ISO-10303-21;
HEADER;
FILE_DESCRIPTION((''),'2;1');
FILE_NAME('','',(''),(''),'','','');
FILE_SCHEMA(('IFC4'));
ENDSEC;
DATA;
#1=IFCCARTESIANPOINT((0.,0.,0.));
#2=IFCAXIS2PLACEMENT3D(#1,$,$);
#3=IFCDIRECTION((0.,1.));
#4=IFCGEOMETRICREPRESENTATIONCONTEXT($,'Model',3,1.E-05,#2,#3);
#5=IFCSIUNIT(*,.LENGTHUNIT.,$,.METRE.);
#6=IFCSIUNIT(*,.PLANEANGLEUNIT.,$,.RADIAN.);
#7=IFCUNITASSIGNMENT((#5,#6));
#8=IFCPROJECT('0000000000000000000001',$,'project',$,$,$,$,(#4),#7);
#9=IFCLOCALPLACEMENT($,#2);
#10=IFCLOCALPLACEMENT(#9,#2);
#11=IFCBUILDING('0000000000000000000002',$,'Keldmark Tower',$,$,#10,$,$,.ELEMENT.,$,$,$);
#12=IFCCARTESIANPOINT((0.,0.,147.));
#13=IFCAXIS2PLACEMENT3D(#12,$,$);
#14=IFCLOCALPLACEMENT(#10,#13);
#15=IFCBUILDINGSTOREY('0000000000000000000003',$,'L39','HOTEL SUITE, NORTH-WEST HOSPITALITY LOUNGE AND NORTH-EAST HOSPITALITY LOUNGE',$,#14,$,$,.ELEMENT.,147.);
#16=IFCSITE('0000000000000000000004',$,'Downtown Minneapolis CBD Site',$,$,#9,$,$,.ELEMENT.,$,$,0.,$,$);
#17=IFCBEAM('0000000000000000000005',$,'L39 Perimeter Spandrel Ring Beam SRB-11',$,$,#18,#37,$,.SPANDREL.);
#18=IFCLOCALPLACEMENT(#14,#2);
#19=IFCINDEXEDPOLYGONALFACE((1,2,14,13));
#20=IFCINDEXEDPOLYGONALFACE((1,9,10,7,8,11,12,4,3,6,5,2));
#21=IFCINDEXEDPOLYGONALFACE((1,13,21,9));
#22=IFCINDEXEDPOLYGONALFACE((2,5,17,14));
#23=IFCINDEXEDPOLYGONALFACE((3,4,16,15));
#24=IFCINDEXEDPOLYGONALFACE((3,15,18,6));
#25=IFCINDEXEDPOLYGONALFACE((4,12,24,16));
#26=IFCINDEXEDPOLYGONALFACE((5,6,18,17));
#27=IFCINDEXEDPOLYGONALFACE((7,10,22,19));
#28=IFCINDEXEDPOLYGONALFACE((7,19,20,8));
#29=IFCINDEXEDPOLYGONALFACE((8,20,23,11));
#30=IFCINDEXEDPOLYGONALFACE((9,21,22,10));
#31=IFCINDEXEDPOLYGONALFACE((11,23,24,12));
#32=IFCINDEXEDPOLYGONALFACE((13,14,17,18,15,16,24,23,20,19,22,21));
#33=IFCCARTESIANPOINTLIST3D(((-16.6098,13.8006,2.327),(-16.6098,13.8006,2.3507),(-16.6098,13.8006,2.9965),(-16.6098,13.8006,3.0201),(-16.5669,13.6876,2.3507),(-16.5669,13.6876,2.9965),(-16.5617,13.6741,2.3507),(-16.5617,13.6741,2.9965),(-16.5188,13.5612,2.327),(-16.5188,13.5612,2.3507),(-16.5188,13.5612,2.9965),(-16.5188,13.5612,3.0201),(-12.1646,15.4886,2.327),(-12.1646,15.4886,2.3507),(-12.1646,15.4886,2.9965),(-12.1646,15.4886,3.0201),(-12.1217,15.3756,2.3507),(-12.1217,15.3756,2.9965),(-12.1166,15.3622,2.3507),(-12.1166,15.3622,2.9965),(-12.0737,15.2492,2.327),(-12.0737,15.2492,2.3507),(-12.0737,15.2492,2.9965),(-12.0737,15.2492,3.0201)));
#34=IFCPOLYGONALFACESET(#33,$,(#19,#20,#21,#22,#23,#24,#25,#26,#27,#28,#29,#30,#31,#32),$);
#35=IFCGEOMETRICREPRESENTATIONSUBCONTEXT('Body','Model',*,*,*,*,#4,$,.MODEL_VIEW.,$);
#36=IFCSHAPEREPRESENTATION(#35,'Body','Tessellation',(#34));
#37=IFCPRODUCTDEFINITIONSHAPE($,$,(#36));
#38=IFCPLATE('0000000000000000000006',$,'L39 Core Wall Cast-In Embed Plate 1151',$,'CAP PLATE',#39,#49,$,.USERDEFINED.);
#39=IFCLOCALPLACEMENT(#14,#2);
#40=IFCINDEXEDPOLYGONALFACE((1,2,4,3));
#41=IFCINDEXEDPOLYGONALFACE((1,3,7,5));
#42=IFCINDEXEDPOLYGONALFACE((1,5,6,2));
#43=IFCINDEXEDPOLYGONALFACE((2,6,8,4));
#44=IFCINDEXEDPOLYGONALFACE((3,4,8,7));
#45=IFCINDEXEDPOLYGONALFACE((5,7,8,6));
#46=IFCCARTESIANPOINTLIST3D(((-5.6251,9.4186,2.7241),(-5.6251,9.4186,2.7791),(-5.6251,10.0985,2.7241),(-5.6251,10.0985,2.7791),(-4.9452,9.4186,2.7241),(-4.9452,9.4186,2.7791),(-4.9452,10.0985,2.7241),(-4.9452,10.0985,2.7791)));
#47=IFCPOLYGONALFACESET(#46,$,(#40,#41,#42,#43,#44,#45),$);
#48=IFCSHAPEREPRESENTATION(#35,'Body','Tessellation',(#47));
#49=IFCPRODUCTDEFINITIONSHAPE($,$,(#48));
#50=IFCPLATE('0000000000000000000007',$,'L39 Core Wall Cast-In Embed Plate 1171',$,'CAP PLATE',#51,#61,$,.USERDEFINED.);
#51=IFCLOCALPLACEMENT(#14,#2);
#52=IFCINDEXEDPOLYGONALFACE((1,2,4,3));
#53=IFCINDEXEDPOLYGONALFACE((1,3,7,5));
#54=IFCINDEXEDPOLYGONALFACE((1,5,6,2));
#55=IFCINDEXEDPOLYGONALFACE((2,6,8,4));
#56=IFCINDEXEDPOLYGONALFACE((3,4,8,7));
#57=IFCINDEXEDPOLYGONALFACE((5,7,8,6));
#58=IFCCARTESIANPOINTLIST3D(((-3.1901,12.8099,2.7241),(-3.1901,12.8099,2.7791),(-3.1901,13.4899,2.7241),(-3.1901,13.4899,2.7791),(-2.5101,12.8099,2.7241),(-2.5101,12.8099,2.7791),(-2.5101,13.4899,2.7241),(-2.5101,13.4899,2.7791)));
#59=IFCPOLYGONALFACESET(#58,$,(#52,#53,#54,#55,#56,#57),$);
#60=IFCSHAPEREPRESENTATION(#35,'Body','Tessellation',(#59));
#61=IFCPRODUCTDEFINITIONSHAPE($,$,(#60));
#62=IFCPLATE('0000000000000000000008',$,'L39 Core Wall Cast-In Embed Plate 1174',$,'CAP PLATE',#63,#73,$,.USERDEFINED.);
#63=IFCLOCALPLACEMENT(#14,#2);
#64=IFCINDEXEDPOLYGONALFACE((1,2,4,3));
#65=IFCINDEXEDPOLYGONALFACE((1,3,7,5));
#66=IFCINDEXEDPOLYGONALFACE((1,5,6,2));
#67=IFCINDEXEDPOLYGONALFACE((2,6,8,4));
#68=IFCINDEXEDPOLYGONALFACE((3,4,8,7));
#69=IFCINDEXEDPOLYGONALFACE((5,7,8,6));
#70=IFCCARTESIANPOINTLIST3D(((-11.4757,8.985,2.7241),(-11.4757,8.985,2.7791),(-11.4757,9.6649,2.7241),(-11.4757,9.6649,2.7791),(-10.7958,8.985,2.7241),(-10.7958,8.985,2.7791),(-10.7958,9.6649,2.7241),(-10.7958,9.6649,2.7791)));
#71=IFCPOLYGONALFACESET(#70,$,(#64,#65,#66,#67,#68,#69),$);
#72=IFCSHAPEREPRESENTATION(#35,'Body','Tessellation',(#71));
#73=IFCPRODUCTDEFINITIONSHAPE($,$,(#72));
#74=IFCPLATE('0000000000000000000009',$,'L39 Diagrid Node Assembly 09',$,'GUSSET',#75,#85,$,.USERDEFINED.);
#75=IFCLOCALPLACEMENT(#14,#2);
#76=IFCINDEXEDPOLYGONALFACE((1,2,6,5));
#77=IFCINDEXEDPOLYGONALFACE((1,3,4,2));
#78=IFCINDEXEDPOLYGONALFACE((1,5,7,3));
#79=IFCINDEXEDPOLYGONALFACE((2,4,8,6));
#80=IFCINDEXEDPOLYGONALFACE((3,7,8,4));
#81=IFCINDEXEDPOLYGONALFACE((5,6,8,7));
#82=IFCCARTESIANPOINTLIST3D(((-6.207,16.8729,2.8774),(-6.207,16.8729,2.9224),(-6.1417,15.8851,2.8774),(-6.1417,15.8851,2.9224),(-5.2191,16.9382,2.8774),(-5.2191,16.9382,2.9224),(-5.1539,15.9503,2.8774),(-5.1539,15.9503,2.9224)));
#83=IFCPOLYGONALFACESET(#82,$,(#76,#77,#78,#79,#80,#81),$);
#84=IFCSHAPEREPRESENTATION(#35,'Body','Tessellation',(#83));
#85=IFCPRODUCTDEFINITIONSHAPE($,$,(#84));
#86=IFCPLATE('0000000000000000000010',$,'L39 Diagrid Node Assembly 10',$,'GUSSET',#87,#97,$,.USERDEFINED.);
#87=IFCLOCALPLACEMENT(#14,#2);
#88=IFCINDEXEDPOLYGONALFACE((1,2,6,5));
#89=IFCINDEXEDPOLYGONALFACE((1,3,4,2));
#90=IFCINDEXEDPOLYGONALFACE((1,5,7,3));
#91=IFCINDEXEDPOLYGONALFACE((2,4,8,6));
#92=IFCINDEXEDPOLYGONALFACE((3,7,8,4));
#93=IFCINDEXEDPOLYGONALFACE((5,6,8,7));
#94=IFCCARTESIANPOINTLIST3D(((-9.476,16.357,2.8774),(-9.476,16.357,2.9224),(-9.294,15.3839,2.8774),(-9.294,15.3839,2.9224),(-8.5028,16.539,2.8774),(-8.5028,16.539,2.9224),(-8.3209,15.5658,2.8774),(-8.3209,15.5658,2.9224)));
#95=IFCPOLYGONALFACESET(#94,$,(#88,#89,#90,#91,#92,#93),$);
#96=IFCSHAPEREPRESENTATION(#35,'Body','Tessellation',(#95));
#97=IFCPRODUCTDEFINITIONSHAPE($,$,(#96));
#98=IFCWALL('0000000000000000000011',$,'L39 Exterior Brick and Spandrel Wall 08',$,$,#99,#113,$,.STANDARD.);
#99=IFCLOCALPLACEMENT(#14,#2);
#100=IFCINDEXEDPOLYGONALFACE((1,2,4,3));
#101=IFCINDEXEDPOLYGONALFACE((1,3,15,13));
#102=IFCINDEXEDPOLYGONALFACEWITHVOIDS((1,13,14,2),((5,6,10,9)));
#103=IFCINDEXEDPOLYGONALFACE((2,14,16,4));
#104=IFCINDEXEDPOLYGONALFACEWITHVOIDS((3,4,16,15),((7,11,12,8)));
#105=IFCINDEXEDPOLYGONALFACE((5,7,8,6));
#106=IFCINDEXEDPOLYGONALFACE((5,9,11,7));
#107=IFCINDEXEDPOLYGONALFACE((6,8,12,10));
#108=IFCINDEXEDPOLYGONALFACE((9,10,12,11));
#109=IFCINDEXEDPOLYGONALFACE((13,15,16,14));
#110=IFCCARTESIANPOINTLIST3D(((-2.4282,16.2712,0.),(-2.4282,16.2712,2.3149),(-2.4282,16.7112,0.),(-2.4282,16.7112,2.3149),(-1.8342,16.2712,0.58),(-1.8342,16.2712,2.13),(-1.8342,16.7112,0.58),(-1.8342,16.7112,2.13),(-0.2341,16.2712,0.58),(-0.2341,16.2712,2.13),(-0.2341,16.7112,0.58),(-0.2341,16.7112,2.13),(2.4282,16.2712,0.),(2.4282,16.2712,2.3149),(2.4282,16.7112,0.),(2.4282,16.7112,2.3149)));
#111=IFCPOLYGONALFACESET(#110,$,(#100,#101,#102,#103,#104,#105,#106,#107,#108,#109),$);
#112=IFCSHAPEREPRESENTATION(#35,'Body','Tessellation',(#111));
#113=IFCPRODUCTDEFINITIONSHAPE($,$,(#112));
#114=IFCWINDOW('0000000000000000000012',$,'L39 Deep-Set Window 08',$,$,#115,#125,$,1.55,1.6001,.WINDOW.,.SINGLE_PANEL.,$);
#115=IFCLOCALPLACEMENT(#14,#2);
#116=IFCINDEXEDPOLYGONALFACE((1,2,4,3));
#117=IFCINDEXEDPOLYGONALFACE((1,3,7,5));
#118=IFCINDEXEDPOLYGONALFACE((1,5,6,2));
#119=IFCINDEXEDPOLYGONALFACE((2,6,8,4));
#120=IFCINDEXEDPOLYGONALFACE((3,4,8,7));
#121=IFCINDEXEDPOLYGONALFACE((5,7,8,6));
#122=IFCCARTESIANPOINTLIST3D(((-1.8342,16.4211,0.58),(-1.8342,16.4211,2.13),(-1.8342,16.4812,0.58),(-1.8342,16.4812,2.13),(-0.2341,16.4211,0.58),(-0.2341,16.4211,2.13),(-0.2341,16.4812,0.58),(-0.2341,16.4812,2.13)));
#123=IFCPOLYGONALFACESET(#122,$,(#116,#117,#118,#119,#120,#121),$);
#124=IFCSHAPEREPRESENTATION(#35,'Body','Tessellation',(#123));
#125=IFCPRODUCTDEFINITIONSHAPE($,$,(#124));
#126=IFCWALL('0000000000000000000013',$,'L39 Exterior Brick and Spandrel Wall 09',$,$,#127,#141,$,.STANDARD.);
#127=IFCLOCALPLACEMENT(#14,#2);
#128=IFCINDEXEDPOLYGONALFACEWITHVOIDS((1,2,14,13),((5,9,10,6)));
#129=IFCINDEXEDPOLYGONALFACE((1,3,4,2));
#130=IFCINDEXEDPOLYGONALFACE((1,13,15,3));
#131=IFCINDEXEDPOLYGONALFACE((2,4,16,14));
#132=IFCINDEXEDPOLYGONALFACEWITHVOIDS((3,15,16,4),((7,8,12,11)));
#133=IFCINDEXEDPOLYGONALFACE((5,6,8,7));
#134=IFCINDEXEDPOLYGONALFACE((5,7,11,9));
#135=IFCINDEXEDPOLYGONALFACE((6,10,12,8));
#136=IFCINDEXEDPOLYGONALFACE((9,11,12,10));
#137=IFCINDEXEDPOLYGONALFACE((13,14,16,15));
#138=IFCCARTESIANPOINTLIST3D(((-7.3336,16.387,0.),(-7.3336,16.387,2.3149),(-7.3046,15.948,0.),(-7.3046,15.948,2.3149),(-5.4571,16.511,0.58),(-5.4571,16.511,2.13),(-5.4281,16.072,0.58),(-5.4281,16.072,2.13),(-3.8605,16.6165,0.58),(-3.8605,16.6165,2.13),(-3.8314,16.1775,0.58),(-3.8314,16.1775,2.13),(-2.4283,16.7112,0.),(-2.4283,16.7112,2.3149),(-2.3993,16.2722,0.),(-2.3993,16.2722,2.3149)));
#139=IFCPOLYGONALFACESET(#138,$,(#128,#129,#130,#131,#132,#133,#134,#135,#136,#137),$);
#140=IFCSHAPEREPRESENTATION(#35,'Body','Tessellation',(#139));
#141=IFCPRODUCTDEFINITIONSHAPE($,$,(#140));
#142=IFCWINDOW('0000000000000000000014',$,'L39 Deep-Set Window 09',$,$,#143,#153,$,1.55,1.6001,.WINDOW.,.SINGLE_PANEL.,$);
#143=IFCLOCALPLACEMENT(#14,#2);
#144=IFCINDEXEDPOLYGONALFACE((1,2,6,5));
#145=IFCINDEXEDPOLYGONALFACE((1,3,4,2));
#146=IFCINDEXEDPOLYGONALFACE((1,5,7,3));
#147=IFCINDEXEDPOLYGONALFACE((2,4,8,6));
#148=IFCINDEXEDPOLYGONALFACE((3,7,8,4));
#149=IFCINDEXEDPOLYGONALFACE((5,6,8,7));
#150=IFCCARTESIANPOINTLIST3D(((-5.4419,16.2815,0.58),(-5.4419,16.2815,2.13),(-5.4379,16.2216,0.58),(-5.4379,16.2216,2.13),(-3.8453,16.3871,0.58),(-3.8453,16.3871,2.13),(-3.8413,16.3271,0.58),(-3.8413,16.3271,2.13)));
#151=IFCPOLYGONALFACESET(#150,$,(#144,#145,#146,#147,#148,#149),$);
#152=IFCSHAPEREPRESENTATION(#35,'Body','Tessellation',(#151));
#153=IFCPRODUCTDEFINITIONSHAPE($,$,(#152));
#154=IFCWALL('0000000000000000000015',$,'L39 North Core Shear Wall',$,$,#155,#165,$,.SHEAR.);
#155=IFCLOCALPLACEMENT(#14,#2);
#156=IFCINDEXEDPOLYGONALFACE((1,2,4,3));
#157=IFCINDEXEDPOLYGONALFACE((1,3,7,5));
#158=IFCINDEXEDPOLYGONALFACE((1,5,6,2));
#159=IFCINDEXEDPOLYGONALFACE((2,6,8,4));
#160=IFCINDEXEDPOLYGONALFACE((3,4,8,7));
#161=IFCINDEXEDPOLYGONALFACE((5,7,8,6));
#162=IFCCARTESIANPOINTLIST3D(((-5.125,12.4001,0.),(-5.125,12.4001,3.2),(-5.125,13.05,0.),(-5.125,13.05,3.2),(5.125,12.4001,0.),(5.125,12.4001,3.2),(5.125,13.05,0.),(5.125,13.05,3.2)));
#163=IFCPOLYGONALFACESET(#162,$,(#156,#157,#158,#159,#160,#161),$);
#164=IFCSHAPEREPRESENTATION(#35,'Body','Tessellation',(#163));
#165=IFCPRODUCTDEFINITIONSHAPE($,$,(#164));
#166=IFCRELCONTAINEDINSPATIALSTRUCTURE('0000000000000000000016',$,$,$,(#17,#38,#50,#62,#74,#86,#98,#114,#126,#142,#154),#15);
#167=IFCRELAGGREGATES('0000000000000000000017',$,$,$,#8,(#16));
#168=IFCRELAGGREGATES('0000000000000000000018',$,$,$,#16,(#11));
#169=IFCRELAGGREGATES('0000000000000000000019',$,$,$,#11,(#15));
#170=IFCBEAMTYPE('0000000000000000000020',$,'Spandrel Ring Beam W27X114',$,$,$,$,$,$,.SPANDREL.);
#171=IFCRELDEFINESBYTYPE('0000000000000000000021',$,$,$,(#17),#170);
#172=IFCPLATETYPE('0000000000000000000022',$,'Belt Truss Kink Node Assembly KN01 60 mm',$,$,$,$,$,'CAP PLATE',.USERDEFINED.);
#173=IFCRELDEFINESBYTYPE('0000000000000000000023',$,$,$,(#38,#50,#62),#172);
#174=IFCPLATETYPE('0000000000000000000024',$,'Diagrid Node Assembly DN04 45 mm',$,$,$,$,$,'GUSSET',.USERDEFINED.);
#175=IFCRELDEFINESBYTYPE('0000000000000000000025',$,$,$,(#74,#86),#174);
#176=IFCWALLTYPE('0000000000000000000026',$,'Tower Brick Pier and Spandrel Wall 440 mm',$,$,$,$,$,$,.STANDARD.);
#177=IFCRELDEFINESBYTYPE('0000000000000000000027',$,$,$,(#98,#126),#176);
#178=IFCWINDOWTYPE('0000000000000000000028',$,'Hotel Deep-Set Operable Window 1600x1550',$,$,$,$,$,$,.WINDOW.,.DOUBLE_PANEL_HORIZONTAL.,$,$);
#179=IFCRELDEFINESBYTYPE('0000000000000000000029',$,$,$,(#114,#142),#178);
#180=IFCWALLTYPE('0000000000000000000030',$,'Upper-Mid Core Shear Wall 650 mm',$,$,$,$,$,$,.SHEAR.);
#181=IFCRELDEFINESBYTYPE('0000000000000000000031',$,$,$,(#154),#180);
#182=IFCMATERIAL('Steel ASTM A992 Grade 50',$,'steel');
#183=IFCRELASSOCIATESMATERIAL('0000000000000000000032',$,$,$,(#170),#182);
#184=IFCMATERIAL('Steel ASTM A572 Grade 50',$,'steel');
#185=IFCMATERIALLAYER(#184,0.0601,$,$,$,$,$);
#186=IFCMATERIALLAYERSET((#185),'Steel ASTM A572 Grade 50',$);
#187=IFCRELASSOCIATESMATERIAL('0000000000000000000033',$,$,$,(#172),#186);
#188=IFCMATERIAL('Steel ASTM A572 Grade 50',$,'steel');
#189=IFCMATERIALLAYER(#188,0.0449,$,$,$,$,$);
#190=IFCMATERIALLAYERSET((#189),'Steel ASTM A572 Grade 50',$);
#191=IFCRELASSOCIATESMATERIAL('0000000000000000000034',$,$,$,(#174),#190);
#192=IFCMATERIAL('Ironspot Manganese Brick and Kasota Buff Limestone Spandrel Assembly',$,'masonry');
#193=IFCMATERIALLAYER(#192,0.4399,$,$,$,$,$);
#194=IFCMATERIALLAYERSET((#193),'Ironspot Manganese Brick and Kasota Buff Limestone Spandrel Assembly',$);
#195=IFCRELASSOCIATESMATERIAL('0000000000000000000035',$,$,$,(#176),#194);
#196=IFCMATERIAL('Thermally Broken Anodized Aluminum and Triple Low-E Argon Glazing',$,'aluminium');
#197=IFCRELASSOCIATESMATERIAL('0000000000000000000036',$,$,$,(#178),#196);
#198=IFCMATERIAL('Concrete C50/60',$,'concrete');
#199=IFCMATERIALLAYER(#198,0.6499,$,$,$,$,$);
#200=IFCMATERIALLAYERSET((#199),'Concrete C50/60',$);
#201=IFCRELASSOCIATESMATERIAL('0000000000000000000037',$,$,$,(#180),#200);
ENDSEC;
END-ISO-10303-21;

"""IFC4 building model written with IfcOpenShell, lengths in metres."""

from ifc_helpers import new_model, si_unit, direction, frame, frame_2d, origin, origin_2d, place, context, subcontext, project, spatial, rectangle, i_section, extrude, material, layer, layer_set, material_profile, profile_set, type_object, element, fill, save


model = new_model("IFC4")

# Units and contexts
model_context = context("Model", 3, precision=1e-05, world=origin(), true_north=direction((0.0, 1.0)))
body_context = subcontext(model_context, "Body", "Model", "MODEL_VIEW")
ifc_project = project(units=[si_unit("LENGTHUNIT", "METRE"), si_unit("PLANEANGLEUNIT", "RADIAN")], contexts=[model_context])

# Site, building, storey
site_placement = place(None, origin())
site = spatial("IfcSite", under=ifc_project, at=site_placement, Name="Downtown Minneapolis CBD Site", CompositionType="ELEMENT", RefElevation=0.0)
building_placement = place(site_placement, origin())
building = spatial("IfcBuilding", under=site, at=building_placement, Name="Keldmark Tower", CompositionType="ELEMENT")
storey_placement = place(building_placement, frame((0.0, 0.0, 147.0)))
storey = spatial("IfcBuildingStorey", under=building, at=storey_placement, Name="L39", Description="HOTEL SUITE, NORTH-WEST HOSPITALITY LOUNGE AND NORTH-EAST HOSPITALITY LOUNGE", CompositionType="ELEMENT", Elevation=147.0)

# Beam
ifc_material_1 = material(Name="Steel ASTM A992 Grade 50", Category="steel")
ifc_material_profile_1 = material_profile(ifc_material_1, i_section(OverallWidth=0.2561, OverallDepth=0.6931, WebThickness=0.0144, FlangeThickness=0.0237, at=origin_2d()), Name="W27X114")
ifc_profile_set_1 = profile_set([ifc_material_profile_1], Name="Steel ASTM A992 Grade 50")
beam_type_1 = type_object("IfcBeamType", Name="Spandrel Ring Beam W27X114", PredefinedType="SPANDREL", material=ifc_profile_set_1)
beam_1_placement = place(storey_placement, frame((-12.1191, 15.3689, 2.6736), z_axis=(-0.934863, -0.355009, 0.0), x_axis=(0.355009, -0.934863, 0.0)))
element("IfcBeam", 1, at=beam_1_placement, inside=storey, type_object=beam_type_1, Name="L39 Perimeter Spandrel Ring Beam SRB-11", PredefinedType="SPANDREL", context=body_context, shape_type="SweptSolid", body=[
    extrude(i_section(OverallWidth=0.2561, OverallDepth=0.6931, WebThickness=0.0144, FlangeThickness=0.0237, at=origin_2d()), origin(), (0.0, 0.0, 1.0), 4.7549),
])

# Plates
ifc_material_2 = material(Name="Steel ASTM A572 Grade 50", Category="steel")
ifc_layer_1 = layer(ifc_material_2, 0.0601)
ifc_layer_set_1 = layer_set([ifc_layer_1], Name="Steel ASTM A572 Grade 50")
plate_type_1 = type_object("IfcPlateType", Name="Belt Truss Kink Node Assembly KN01 60 mm", ElementType="CAP PLATE", PredefinedType="USERDEFINED", material=ifc_layer_set_1)
for number, where, z_axis, x_axis, name in (
    (2, (-5.2852, 9.7585, 2.7241), (0.0, 0.0, 1.0), (1.0, 0.0, 0.0), "L39 Core Wall Cast-In Embed Plate 1151"),
    (3, (-2.8501, 13.1499, 2.7241), (0.0, 0.0, 1.0), (1.0, 0.0, 0.0), "L39 Core Wall Cast-In Embed Plate 1171"),
    (4, (-11.1357, 9.325, 2.7241), (0.0, 0.0, 1.0), (1.0, 0.0, 0.0), "L39 Core Wall Cast-In Embed Plate 1174"),
):
    element("IfcPlate", number, at=place(storey_placement, frame(where, z_axis=z_axis, x_axis=x_axis)), inside=storey, type_object=plate_type_1, Name=name, ObjectType="CAP PLATE", PredefinedType="USERDEFINED", context=body_context, shape_type="SweptSolid", body=[
        extrude(rectangle(XDim=0.6799, YDim=0.6799, at=origin_2d()), origin(), (0.0, 0.0, 1.0), 0.0549),
    ])
ifc_material_3 = material(Name="Steel ASTM A572 Grade 50", Category="steel")
ifc_layer_2 = layer(ifc_material_3, 0.0449)
ifc_layer_set_2 = layer_set([ifc_layer_2], Name="Steel ASTM A572 Grade 50")
plate_type_2 = type_object("IfcPlateType", Name="Diagrid Node Assembly DN04 45 mm", ElementType="GUSSET", PredefinedType="USERDEFINED", material=ifc_layer_set_2)
for number, where, z_axis, x_axis, name in (
    (5, (-5.6804, 16.4116, 2.8774), (0.0, 0.0, 1.0), (-0.997825, -0.065926, 0.0), "L39 Diagrid Node Assembly 09"),
    (6, (-8.8984, 15.9614, 2.8774), (0.0, 0.0, 1.0), (-0.982967, -0.18378, 0.0), "L39 Diagrid Node Assembly 10"),
):
    element("IfcPlate", number, at=place(storey_placement, frame(where, z_axis=z_axis, x_axis=x_axis)), inside=storey, type_object=plate_type_2, Name=name, ObjectType="GUSSET", PredefinedType="USERDEFINED", context=body_context, shape_type="SweptSolid", body=[
        extrude(rectangle(XDim=0.99, YDim=0.99, at=origin_2d()), origin(), (0.0, 0.0, 1.0), 0.0449),
    ])

# Walls, openings, windows
ifc_material_4 = material(Name="Ironspot Manganese Brick and Kasota Buff Limestone Spandrel Assembly", Category="masonry")
ifc_layer_3 = layer(ifc_material_4, 0.4399)
ifc_layer_set_3 = layer_set([ifc_layer_3], Name="Ironspot Manganese Brick and Kasota Buff Limestone Spandrel Assembly")
wall_type_1 = type_object("IfcWallType", Name="Tower Brick Pier and Spandrel Wall 440 mm", PredefinedType="STANDARD", material=ifc_layer_set_3)
wall_1_placement = place(storey_placement, frame((-2.4282, 16.4912, 0.0), z_axis=(0.0, 0.0, 1.0), x_axis=(1.0, 0.0, 0.0)))
wall_1 = element("IfcWall", 7, at=wall_1_placement, inside=storey, type_object=wall_type_1, Name="L39 Exterior Brick and Spandrel Wall 08", PredefinedType="STANDARD", context=body_context, shape_type="SweptSolid", body=[
    extrude(rectangle(XDim=4.8564, YDim=0.4399, at=frame_2d((2.4282, 0.0))), origin(), (0.0, 0.0, 1.0), 2.3149),
])
opening_1_placement = place(wall_1_placement, frame((0.594, 0.0, 0.5801)))
opening_1 = element("IfcOpeningElement", 8, at=opening_1_placement, cuts=wall_1, PredefinedType="OPENING", context=body_context, shape_type="SweptSolid", body=[
    extrude(rectangle(XDim=1.6001, YDim=1.55, at=frame_2d((0.8, 0.7749))), frame((0.0, 0.23, 0.0), z_axis=(0.0, -1.0, 0.0), x_axis=(1.0, 0.0, 0.0)), (0.0, 0.0, 1.0), 0.46),
])
ifc_material_5 = material(Name="Thermally Broken Anodized Aluminum and Triple Low-E Argon Glazing", Category="aluminium")
window_type = type_object("IfcWindowType", Name="Hotel Deep-Set Operable Window 1600x1550", PartitioningType="DOUBLE_PANEL_HORIZONTAL", PredefinedType="WINDOW", material=ifc_material_5)
window_1_placement = place(opening_1_placement, origin())
window_1 = element("IfcWindow", 9, at=window_1_placement, inside=storey, type_object=window_type, Name="L39 Deep-Set Window 08", OverallHeight=1.55, OverallWidth=1.6001, PartitioningType="SINGLE_PANEL", PredefinedType="WINDOW", context=body_context, shape_type="SweptSolid", body=[
    extrude(rectangle(XDim=1.6001, YDim=1.55, at=frame_2d((0.8, 0.7749))), frame((0.0, -0.01, 0.0), z_axis=(0.0, -1.0, 0.0), x_axis=(1.0, 0.0, 0.0)), (0.0, 0.0, 1.0), 0.0601),
])
fill(opening_1, window_1)
wall_2_placement = place(storey_placement, frame((-7.3191, 16.1675, 0.0), z_axis=(0.0, 0.0, 1.0), x_axis=(0.997823, 0.065952, 0.0)))
wall_2 = element("IfcWall", 10, at=wall_2_placement, inside=storey, type_object=wall_type_1, Name="L39 Exterior Brick and Spandrel Wall 09", PredefinedType="STANDARD", context=body_context, shape_type="SweptSolid", body=[
    extrude(rectangle(XDim=4.916, YDim=0.4399, at=frame_2d((2.458, 0.0))), origin(), (0.0, 0.0, 1.0), 2.3149),
])
opening_2_placement = place(wall_2_placement, frame((1.8806, 0.0, 0.5801)))
opening_2 = element("IfcOpeningElement", 11, at=opening_2_placement, cuts=wall_2, PredefinedType="OPENING", context=body_context, shape_type="SweptSolid", body=[
    extrude(rectangle(XDim=1.6001, YDim=1.55, at=frame_2d((0.8, 0.7749))), frame((0.0, 0.23, 0.0), z_axis=(0.0, -1.0, 0.0), x_axis=(1.0, 0.0, 0.0)), (0.0, 0.0, 1.0), 0.46),
])
window_2_placement = place(opening_2_placement, origin())
window_2 = element("IfcWindow", 12, at=window_2_placement, inside=storey, type_object=window_type, Name="L39 Deep-Set Window 09", OverallHeight=1.55, OverallWidth=1.6001, PartitioningType="SINGLE_PANEL", PredefinedType="WINDOW", context=body_context, shape_type="SweptSolid", body=[
    extrude(rectangle(XDim=1.6001, YDim=1.55, at=frame_2d((0.8, 0.7749))), frame((0.0, -0.01, 0.0), z_axis=(0.0, -1.0, 0.0), x_axis=(1.0, 0.0, 0.0)), (0.0, 0.0, 1.0), 0.0601),
])
fill(opening_2, window_2)

# Wall
ifc_material_6 = material(Name="Concrete C50/60", Category="concrete")
ifc_layer_4 = layer(ifc_material_6, 0.6499)
ifc_layer_set_4 = layer_set([ifc_layer_4], Name="Concrete C50/60")
wall_type_2 = type_object("IfcWallType", Name="Upper-Mid Core Shear Wall 650 mm", PredefinedType="SHEAR", material=ifc_layer_set_4)
wall_3_placement = place(storey_placement, frame((-5.125, 12.7251, 0.0), z_axis=(0.0, 0.0, 1.0), x_axis=(1.0, 0.0, 0.0)))
element("IfcWall", 13, at=wall_3_placement, inside=storey, type_object=wall_type_2, Name="L39 North Core Shear Wall", PredefinedType="SHEAR", context=body_context, shape_type="SweptSolid", body=[
    extrude(rectangle(XDim=10.25, YDim=0.6499, at=frame_2d((5.125, 0.0))), origin(), (0.0, 0.0, 1.0), 3.2),
])

save(model, "model.ifc")
